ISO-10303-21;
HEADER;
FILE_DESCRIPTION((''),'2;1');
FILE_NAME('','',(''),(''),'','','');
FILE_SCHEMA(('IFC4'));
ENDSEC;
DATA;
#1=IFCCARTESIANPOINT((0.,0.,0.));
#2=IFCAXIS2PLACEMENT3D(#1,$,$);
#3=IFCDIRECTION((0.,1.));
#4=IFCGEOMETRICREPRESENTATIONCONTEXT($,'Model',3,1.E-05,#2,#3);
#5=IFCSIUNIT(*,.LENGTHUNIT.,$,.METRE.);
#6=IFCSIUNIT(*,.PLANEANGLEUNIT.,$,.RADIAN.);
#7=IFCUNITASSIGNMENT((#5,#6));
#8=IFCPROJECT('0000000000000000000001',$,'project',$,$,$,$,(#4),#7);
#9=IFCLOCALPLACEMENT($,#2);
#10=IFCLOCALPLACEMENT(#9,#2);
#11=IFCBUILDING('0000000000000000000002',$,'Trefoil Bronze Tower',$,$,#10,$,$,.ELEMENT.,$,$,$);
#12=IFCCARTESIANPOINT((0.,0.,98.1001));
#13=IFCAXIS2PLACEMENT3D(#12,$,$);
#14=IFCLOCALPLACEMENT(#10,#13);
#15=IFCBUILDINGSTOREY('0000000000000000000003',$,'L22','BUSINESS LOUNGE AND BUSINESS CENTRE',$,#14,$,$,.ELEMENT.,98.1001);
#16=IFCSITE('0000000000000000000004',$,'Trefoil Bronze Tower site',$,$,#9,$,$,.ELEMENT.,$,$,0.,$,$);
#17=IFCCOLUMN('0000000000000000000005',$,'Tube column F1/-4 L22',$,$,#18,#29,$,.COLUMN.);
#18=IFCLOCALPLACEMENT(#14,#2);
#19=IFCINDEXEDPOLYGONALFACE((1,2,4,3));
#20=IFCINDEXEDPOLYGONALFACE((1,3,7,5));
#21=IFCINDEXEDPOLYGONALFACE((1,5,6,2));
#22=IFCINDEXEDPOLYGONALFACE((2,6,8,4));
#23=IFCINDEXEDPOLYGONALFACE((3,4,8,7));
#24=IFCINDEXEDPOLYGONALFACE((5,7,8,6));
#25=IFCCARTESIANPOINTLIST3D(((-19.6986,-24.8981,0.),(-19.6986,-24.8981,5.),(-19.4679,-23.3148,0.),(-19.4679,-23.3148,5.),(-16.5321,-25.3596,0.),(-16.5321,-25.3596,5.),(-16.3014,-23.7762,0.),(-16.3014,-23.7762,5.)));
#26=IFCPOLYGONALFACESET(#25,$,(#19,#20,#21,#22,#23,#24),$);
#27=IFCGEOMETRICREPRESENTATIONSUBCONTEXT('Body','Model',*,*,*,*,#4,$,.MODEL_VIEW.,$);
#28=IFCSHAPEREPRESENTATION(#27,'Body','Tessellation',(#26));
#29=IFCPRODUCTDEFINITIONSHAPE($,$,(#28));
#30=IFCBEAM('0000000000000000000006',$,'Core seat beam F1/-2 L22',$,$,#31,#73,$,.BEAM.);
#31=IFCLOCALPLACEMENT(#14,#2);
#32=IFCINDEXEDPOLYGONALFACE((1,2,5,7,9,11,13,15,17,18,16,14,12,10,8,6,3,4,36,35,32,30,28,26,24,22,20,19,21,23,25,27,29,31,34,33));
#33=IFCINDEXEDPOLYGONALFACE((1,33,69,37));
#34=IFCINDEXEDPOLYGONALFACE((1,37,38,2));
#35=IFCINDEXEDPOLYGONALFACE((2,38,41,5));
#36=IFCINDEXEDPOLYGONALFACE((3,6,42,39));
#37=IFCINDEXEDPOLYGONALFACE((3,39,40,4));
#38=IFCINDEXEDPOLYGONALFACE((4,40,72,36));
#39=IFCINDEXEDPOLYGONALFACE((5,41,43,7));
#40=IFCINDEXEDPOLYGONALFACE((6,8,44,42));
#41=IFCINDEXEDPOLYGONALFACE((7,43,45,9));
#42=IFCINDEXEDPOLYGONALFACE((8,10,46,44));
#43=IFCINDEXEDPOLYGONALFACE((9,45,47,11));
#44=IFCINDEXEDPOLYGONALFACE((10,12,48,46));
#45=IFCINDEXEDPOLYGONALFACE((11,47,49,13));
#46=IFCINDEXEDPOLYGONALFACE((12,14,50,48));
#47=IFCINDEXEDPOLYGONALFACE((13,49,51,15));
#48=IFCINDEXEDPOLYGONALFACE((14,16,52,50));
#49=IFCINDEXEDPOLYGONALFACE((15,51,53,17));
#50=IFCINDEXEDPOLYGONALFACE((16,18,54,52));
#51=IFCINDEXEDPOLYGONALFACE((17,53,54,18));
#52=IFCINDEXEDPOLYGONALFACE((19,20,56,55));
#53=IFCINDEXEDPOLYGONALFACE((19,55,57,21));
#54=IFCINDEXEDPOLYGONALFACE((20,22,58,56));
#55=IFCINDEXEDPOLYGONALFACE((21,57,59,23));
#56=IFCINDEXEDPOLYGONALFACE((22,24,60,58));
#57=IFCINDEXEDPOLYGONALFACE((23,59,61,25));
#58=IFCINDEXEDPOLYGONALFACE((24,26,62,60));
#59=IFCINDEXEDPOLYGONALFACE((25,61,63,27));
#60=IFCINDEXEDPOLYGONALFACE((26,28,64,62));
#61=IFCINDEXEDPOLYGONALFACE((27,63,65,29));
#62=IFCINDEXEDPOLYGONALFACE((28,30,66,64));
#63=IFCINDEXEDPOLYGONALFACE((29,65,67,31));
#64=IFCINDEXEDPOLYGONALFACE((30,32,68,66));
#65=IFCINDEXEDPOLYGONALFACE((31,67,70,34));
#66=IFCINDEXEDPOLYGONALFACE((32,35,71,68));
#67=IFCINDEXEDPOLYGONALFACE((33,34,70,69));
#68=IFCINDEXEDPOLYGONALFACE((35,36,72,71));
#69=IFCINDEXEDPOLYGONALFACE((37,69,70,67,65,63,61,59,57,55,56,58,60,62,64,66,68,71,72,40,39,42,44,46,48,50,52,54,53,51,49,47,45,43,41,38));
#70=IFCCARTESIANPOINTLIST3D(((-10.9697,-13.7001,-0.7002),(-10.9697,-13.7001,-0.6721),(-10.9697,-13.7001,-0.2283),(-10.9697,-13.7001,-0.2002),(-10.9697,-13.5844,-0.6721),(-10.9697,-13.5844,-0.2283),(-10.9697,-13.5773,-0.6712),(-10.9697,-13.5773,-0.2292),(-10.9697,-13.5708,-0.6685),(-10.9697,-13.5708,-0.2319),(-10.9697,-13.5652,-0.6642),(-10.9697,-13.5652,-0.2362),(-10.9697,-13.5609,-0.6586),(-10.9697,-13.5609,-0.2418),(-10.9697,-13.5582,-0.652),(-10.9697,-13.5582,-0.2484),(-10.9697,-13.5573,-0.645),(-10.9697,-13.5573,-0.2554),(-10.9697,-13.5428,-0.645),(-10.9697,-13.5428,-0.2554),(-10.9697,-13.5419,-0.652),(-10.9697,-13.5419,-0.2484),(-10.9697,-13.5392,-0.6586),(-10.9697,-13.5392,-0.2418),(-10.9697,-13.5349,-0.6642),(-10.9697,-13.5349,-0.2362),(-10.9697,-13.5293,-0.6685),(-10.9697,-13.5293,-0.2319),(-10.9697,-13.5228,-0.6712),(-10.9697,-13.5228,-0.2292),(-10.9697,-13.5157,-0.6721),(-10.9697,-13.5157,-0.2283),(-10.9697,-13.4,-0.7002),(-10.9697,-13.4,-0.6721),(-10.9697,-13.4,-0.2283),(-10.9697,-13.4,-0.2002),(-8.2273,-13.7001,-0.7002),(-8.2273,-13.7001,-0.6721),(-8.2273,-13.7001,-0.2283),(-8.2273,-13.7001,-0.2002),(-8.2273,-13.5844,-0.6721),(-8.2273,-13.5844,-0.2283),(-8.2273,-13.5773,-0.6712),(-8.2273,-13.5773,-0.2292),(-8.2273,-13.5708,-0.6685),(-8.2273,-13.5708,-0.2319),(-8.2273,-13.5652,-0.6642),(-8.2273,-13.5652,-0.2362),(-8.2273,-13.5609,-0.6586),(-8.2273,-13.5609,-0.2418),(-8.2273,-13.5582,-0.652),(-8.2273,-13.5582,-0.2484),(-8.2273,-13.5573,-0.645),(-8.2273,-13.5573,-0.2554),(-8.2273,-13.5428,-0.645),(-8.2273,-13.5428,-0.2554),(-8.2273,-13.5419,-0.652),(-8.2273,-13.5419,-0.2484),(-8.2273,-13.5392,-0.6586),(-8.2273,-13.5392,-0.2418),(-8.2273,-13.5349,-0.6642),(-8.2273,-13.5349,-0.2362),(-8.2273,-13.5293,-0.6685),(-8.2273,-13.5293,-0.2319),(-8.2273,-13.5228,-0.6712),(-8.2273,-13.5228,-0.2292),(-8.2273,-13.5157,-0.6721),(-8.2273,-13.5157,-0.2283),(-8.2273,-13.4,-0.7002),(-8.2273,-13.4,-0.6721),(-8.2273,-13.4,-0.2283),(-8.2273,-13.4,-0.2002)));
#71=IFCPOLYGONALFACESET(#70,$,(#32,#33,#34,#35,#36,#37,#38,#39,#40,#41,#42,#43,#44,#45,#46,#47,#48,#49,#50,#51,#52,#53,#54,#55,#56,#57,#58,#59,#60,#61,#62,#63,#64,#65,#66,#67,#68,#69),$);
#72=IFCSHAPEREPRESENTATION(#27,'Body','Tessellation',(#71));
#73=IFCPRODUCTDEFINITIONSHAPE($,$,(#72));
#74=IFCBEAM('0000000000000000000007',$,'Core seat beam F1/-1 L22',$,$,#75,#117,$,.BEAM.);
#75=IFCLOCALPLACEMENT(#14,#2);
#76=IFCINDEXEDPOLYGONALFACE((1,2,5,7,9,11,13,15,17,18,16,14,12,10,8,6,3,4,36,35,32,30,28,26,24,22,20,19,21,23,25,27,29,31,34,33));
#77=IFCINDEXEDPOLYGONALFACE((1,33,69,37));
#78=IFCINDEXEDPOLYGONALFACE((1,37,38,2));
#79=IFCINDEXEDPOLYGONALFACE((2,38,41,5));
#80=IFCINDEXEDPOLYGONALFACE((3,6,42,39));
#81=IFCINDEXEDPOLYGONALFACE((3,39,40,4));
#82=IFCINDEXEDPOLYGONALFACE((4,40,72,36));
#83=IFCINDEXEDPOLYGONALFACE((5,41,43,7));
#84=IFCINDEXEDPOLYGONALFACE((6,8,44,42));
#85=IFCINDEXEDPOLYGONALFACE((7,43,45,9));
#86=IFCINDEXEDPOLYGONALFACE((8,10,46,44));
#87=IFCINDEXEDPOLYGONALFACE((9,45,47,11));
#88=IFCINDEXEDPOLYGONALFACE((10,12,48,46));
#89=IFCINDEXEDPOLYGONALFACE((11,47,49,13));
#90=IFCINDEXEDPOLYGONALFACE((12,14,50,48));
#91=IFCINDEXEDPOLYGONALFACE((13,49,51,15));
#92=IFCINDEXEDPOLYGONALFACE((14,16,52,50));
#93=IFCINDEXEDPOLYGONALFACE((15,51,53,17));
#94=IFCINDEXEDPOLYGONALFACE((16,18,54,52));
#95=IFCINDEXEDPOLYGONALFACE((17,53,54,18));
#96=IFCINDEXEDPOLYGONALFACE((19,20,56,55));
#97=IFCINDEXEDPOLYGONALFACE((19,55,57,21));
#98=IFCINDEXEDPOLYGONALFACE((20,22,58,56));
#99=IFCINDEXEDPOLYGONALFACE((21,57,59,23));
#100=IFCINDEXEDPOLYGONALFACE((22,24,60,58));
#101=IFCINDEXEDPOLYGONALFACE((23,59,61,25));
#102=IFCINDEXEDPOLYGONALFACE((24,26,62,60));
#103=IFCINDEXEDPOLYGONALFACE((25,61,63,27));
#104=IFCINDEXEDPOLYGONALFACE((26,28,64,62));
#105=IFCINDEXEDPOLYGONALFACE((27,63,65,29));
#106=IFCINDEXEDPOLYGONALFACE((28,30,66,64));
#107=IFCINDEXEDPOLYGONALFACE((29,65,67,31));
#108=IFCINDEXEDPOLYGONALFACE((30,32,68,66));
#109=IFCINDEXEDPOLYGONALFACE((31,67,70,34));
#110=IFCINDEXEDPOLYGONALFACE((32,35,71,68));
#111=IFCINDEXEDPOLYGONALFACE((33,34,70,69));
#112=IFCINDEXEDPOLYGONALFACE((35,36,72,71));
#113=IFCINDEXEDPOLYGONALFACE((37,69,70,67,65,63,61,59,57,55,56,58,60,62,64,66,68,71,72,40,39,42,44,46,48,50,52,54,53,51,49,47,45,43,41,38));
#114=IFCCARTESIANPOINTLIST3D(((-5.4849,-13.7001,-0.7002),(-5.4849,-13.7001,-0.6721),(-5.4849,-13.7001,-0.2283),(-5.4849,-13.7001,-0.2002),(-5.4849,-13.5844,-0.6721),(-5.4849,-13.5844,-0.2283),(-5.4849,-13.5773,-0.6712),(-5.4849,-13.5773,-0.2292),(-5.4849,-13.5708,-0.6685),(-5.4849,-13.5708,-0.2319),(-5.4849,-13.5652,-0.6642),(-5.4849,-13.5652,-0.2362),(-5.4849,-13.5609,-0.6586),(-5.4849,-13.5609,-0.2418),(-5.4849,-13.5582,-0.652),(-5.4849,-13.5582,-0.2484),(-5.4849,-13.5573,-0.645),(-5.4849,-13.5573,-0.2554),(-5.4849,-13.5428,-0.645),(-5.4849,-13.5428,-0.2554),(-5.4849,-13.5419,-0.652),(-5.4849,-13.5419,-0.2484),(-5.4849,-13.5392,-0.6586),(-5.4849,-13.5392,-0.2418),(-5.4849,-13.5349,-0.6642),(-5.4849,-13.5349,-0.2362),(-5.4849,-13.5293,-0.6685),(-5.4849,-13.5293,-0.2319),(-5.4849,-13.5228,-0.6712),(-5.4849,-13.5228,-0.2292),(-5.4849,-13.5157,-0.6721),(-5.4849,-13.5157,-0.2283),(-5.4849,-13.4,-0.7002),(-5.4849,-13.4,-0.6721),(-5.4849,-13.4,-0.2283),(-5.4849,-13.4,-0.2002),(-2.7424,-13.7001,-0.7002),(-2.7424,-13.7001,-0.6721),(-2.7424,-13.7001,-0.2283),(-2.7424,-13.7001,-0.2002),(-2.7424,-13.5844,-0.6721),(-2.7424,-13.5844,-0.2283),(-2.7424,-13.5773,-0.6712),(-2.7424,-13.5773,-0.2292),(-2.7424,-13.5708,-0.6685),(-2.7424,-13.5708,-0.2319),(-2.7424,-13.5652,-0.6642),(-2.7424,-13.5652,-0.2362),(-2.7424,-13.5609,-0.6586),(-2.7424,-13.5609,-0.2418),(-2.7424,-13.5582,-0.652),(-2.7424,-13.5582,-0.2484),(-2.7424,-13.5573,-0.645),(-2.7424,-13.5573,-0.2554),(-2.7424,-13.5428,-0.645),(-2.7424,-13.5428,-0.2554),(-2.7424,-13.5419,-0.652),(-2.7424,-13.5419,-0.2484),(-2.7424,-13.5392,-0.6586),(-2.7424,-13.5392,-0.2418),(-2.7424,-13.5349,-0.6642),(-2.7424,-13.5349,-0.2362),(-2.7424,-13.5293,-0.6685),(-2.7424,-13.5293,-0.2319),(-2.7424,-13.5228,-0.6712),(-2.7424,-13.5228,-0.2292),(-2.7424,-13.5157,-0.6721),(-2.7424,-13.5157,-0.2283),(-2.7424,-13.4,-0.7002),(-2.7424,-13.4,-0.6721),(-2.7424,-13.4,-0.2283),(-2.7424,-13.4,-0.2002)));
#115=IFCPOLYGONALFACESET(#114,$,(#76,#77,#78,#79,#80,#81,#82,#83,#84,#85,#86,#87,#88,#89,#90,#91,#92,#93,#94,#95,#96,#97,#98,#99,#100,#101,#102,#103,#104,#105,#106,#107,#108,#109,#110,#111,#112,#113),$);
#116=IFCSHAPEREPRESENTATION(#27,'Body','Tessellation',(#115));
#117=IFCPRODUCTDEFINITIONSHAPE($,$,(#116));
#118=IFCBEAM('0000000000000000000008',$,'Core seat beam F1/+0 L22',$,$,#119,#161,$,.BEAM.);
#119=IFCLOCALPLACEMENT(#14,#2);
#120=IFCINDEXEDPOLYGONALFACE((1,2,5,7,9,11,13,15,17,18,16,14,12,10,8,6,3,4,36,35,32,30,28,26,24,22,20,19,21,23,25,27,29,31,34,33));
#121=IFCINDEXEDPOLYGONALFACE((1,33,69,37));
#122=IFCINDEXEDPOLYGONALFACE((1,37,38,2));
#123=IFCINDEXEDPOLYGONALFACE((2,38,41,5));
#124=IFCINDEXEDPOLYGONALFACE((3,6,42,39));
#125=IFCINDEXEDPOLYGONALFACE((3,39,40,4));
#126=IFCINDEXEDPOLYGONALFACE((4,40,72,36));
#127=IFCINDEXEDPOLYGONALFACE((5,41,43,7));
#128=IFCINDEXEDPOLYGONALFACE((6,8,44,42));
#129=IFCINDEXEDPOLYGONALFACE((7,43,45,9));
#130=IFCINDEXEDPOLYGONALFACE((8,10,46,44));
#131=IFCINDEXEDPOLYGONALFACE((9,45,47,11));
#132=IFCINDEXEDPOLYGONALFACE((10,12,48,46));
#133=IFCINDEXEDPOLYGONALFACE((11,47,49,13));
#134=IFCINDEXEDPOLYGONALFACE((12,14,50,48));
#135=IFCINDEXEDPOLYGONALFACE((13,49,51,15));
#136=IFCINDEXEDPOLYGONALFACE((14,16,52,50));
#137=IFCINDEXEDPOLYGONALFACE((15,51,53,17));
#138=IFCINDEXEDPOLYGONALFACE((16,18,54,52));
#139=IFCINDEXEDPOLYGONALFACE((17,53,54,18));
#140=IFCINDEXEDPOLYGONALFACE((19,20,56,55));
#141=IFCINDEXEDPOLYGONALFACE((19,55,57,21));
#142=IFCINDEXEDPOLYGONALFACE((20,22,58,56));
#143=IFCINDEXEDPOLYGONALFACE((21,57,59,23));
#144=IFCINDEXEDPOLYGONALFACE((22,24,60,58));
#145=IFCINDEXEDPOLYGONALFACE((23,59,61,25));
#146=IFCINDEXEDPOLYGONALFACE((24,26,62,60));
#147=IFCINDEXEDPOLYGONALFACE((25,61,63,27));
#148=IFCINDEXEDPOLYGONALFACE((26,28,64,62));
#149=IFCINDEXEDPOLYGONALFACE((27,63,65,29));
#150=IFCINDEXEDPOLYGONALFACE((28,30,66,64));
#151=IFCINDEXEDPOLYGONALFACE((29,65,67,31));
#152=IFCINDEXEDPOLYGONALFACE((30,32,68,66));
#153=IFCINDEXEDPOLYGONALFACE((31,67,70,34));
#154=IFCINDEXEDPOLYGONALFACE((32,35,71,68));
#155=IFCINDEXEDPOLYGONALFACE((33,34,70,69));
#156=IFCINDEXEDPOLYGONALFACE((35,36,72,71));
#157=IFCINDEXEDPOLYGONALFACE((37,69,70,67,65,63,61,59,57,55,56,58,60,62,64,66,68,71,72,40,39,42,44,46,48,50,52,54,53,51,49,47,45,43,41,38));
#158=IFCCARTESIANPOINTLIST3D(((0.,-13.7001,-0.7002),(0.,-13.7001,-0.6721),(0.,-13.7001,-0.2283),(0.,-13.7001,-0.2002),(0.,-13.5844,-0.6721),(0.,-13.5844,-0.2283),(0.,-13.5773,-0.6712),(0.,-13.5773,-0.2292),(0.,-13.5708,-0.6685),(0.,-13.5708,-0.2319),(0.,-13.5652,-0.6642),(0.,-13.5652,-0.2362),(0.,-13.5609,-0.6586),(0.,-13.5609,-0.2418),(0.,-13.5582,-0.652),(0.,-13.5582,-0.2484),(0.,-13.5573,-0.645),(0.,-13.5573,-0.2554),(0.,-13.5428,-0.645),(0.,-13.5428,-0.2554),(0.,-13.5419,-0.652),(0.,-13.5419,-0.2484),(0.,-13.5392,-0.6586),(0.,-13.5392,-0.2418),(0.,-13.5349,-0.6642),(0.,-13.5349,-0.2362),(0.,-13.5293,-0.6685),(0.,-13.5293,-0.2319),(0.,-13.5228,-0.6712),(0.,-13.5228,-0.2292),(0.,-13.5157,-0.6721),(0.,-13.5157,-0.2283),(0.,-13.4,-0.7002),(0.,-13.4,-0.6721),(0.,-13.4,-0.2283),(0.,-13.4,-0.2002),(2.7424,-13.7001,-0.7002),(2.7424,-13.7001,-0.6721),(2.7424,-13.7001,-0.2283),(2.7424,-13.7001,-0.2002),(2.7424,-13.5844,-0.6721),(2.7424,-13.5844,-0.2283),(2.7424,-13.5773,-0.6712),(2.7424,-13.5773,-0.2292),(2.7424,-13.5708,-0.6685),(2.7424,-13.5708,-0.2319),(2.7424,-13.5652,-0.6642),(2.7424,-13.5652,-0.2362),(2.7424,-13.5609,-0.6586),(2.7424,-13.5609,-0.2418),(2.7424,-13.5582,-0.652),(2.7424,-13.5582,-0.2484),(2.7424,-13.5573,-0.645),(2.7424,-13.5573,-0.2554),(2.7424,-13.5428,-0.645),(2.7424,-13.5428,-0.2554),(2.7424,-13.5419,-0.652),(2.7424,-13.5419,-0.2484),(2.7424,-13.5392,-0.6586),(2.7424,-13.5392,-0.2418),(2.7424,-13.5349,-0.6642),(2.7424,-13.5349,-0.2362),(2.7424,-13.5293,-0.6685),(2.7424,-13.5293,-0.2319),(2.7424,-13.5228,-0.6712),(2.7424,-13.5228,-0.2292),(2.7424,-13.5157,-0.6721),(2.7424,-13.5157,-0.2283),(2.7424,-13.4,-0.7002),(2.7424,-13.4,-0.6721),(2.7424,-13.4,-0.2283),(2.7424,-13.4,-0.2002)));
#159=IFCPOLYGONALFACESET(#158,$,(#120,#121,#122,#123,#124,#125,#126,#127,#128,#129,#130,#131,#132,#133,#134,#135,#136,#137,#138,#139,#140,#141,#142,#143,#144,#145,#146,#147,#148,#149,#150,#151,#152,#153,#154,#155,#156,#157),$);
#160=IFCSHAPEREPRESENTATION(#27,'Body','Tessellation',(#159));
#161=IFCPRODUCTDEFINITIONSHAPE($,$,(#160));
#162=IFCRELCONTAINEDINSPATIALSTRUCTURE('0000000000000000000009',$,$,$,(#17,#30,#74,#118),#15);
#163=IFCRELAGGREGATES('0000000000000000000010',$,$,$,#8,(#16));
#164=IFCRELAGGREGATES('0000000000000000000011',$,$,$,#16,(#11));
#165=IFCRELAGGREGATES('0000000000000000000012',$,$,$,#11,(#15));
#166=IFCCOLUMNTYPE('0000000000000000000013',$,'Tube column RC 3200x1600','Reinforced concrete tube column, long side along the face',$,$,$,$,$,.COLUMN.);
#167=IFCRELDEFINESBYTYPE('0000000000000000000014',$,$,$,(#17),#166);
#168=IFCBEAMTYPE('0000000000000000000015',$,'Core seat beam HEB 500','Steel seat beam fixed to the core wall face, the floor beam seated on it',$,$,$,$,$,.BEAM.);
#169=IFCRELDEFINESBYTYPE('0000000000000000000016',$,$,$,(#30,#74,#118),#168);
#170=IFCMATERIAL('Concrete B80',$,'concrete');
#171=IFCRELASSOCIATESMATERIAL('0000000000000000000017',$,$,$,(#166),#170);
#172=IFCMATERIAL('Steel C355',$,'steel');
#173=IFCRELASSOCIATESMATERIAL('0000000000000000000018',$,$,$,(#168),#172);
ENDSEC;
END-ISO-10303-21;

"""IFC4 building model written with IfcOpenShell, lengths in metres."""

from ifc_helpers import new_model, si_unit, direction, frame, origin, origin_2d, place, context, subcontext, project, spatial, rectangle, i_section, extrude, material, material_profile, profile_set, type_object, element, save


model = new_model("IFC4")

# Units and contexts
model_context = context("Model", 3, precision=1e-05, world=origin(), true_north=direction((0.0, 1.0)))
body_context = subcontext(model_context, "Body", "Model", "MODEL_VIEW")
ifc_project = project(units=[si_unit("LENGTHUNIT", "METRE"), si_unit("PLANEANGLEUNIT", "RADIAN")], contexts=[model_context])

# Site, building, storey
site_placement = place(None, origin())
site = spatial("IfcSite", under=ifc_project, at=site_placement, Name="Trefoil Bronze Tower site", CompositionType="ELEMENT", RefElevation=0.0)
building_placement = place(site_placement, origin())
building = spatial("IfcBuilding", under=site, at=building_placement, Name="Trefoil Bronze Tower", CompositionType="ELEMENT")
storey_placement = place(building_placement, frame((0.0, 0.0, 98.1001)))
storey = spatial("IfcBuildingStorey", under=building, at=storey_placement, Name="L22", Description="BUSINESS LOUNGE AND BUSINESS CENTRE", CompositionType="ELEMENT", Elevation=98.1001)

# Column
ifc_material_1 = material(Name="Concrete B80", Category="concrete")
ifc_material_profile_1 = material_profile(ifc_material_1, rectangle(XDim=3.2, YDim=1.6001, at=origin_2d()), Name="RC 3200x1600")
ifc_profile_set_1 = profile_set([ifc_material_profile_1], Name="Concrete B80")
column_type = type_object("IfcColumnType", Name="Tube column RC 3200x1600", Description="Reinforced concrete tube column, long side along the face", PredefinedType="COLUMN", material=ifc_profile_set_1)
column_placement = place(storey_placement, frame((-18.0, -24.3372, 0.0), z_axis=(0.0, 0.0, 1.0), x_axis=(0.98955, -0.144192, 0.0)))
element("IfcColumn", 1, at=column_placement, inside=storey, type_object=column_type, Name="Tube column F1/-4 L22", PredefinedType="COLUMN", context=body_context, shape_type="SweptSolid", body=[
    extrude(rectangle(XDim=3.2, YDim=1.6001, at=origin_2d()), origin(), (0.0, 0.0, 1.0), 5.0),
])

# Beams
ifc_material_2 = material(Name="Steel C355", Category="steel")
ifc_material_profile_2 = material_profile(ifc_material_2, i_section(OverallWidth=0.3, OverallDepth=0.5, WebThickness=0.0144, FlangeThickness=0.0281, FilletRadius=0.0271, at=origin_2d()), Name="HEB 500")
ifc_profile_set_2 = profile_set([ifc_material_profile_2], Name="Steel C355")
beam_type_1 = type_object("IfcBeamType", Name="Core seat beam HEB 500", Description="Steel seat beam fixed to the core wall face, the floor beam seated on it", PredefinedType="BEAM", material=ifc_profile_set_2)
for number, where, z_axis, x_axis, name in (
    (2, (-10.9697, -13.55, -0.4502), (1.0, 0.0, 0.0), (0.0, 1.0, 0.0), "Core seat beam F1/-2 L22"),
    (3, (-5.4849, -13.55, -0.4502), (1.0, 0.0, 0.0), (0.0, 1.0, 0.0), "Core seat beam F1/-1 L22"),
    (4, (0.0, -13.55, -0.4502), (1.0, 0.0, 0.0), (0.0, 1.0, 0.0), "Core seat beam F1/+0 L22"),
):
    element("IfcBeam", number, at=place(storey_placement, frame(where, z_axis=z_axis, x_axis=x_axis)), inside=storey, type_object=beam_type_1, Name=name, PredefinedType="BEAM", context=body_context, shape_type="SweptSolid", body=[
        extrude(i_section(OverallWidth=0.3, OverallDepth=0.5, WebThickness=0.0144, FlangeThickness=0.0281, FilletRadius=0.0271, at=origin_2d()), origin(), (0.0, 0.0, 1.0), 2.7424),
    ])

save(model, "model.ifc")
